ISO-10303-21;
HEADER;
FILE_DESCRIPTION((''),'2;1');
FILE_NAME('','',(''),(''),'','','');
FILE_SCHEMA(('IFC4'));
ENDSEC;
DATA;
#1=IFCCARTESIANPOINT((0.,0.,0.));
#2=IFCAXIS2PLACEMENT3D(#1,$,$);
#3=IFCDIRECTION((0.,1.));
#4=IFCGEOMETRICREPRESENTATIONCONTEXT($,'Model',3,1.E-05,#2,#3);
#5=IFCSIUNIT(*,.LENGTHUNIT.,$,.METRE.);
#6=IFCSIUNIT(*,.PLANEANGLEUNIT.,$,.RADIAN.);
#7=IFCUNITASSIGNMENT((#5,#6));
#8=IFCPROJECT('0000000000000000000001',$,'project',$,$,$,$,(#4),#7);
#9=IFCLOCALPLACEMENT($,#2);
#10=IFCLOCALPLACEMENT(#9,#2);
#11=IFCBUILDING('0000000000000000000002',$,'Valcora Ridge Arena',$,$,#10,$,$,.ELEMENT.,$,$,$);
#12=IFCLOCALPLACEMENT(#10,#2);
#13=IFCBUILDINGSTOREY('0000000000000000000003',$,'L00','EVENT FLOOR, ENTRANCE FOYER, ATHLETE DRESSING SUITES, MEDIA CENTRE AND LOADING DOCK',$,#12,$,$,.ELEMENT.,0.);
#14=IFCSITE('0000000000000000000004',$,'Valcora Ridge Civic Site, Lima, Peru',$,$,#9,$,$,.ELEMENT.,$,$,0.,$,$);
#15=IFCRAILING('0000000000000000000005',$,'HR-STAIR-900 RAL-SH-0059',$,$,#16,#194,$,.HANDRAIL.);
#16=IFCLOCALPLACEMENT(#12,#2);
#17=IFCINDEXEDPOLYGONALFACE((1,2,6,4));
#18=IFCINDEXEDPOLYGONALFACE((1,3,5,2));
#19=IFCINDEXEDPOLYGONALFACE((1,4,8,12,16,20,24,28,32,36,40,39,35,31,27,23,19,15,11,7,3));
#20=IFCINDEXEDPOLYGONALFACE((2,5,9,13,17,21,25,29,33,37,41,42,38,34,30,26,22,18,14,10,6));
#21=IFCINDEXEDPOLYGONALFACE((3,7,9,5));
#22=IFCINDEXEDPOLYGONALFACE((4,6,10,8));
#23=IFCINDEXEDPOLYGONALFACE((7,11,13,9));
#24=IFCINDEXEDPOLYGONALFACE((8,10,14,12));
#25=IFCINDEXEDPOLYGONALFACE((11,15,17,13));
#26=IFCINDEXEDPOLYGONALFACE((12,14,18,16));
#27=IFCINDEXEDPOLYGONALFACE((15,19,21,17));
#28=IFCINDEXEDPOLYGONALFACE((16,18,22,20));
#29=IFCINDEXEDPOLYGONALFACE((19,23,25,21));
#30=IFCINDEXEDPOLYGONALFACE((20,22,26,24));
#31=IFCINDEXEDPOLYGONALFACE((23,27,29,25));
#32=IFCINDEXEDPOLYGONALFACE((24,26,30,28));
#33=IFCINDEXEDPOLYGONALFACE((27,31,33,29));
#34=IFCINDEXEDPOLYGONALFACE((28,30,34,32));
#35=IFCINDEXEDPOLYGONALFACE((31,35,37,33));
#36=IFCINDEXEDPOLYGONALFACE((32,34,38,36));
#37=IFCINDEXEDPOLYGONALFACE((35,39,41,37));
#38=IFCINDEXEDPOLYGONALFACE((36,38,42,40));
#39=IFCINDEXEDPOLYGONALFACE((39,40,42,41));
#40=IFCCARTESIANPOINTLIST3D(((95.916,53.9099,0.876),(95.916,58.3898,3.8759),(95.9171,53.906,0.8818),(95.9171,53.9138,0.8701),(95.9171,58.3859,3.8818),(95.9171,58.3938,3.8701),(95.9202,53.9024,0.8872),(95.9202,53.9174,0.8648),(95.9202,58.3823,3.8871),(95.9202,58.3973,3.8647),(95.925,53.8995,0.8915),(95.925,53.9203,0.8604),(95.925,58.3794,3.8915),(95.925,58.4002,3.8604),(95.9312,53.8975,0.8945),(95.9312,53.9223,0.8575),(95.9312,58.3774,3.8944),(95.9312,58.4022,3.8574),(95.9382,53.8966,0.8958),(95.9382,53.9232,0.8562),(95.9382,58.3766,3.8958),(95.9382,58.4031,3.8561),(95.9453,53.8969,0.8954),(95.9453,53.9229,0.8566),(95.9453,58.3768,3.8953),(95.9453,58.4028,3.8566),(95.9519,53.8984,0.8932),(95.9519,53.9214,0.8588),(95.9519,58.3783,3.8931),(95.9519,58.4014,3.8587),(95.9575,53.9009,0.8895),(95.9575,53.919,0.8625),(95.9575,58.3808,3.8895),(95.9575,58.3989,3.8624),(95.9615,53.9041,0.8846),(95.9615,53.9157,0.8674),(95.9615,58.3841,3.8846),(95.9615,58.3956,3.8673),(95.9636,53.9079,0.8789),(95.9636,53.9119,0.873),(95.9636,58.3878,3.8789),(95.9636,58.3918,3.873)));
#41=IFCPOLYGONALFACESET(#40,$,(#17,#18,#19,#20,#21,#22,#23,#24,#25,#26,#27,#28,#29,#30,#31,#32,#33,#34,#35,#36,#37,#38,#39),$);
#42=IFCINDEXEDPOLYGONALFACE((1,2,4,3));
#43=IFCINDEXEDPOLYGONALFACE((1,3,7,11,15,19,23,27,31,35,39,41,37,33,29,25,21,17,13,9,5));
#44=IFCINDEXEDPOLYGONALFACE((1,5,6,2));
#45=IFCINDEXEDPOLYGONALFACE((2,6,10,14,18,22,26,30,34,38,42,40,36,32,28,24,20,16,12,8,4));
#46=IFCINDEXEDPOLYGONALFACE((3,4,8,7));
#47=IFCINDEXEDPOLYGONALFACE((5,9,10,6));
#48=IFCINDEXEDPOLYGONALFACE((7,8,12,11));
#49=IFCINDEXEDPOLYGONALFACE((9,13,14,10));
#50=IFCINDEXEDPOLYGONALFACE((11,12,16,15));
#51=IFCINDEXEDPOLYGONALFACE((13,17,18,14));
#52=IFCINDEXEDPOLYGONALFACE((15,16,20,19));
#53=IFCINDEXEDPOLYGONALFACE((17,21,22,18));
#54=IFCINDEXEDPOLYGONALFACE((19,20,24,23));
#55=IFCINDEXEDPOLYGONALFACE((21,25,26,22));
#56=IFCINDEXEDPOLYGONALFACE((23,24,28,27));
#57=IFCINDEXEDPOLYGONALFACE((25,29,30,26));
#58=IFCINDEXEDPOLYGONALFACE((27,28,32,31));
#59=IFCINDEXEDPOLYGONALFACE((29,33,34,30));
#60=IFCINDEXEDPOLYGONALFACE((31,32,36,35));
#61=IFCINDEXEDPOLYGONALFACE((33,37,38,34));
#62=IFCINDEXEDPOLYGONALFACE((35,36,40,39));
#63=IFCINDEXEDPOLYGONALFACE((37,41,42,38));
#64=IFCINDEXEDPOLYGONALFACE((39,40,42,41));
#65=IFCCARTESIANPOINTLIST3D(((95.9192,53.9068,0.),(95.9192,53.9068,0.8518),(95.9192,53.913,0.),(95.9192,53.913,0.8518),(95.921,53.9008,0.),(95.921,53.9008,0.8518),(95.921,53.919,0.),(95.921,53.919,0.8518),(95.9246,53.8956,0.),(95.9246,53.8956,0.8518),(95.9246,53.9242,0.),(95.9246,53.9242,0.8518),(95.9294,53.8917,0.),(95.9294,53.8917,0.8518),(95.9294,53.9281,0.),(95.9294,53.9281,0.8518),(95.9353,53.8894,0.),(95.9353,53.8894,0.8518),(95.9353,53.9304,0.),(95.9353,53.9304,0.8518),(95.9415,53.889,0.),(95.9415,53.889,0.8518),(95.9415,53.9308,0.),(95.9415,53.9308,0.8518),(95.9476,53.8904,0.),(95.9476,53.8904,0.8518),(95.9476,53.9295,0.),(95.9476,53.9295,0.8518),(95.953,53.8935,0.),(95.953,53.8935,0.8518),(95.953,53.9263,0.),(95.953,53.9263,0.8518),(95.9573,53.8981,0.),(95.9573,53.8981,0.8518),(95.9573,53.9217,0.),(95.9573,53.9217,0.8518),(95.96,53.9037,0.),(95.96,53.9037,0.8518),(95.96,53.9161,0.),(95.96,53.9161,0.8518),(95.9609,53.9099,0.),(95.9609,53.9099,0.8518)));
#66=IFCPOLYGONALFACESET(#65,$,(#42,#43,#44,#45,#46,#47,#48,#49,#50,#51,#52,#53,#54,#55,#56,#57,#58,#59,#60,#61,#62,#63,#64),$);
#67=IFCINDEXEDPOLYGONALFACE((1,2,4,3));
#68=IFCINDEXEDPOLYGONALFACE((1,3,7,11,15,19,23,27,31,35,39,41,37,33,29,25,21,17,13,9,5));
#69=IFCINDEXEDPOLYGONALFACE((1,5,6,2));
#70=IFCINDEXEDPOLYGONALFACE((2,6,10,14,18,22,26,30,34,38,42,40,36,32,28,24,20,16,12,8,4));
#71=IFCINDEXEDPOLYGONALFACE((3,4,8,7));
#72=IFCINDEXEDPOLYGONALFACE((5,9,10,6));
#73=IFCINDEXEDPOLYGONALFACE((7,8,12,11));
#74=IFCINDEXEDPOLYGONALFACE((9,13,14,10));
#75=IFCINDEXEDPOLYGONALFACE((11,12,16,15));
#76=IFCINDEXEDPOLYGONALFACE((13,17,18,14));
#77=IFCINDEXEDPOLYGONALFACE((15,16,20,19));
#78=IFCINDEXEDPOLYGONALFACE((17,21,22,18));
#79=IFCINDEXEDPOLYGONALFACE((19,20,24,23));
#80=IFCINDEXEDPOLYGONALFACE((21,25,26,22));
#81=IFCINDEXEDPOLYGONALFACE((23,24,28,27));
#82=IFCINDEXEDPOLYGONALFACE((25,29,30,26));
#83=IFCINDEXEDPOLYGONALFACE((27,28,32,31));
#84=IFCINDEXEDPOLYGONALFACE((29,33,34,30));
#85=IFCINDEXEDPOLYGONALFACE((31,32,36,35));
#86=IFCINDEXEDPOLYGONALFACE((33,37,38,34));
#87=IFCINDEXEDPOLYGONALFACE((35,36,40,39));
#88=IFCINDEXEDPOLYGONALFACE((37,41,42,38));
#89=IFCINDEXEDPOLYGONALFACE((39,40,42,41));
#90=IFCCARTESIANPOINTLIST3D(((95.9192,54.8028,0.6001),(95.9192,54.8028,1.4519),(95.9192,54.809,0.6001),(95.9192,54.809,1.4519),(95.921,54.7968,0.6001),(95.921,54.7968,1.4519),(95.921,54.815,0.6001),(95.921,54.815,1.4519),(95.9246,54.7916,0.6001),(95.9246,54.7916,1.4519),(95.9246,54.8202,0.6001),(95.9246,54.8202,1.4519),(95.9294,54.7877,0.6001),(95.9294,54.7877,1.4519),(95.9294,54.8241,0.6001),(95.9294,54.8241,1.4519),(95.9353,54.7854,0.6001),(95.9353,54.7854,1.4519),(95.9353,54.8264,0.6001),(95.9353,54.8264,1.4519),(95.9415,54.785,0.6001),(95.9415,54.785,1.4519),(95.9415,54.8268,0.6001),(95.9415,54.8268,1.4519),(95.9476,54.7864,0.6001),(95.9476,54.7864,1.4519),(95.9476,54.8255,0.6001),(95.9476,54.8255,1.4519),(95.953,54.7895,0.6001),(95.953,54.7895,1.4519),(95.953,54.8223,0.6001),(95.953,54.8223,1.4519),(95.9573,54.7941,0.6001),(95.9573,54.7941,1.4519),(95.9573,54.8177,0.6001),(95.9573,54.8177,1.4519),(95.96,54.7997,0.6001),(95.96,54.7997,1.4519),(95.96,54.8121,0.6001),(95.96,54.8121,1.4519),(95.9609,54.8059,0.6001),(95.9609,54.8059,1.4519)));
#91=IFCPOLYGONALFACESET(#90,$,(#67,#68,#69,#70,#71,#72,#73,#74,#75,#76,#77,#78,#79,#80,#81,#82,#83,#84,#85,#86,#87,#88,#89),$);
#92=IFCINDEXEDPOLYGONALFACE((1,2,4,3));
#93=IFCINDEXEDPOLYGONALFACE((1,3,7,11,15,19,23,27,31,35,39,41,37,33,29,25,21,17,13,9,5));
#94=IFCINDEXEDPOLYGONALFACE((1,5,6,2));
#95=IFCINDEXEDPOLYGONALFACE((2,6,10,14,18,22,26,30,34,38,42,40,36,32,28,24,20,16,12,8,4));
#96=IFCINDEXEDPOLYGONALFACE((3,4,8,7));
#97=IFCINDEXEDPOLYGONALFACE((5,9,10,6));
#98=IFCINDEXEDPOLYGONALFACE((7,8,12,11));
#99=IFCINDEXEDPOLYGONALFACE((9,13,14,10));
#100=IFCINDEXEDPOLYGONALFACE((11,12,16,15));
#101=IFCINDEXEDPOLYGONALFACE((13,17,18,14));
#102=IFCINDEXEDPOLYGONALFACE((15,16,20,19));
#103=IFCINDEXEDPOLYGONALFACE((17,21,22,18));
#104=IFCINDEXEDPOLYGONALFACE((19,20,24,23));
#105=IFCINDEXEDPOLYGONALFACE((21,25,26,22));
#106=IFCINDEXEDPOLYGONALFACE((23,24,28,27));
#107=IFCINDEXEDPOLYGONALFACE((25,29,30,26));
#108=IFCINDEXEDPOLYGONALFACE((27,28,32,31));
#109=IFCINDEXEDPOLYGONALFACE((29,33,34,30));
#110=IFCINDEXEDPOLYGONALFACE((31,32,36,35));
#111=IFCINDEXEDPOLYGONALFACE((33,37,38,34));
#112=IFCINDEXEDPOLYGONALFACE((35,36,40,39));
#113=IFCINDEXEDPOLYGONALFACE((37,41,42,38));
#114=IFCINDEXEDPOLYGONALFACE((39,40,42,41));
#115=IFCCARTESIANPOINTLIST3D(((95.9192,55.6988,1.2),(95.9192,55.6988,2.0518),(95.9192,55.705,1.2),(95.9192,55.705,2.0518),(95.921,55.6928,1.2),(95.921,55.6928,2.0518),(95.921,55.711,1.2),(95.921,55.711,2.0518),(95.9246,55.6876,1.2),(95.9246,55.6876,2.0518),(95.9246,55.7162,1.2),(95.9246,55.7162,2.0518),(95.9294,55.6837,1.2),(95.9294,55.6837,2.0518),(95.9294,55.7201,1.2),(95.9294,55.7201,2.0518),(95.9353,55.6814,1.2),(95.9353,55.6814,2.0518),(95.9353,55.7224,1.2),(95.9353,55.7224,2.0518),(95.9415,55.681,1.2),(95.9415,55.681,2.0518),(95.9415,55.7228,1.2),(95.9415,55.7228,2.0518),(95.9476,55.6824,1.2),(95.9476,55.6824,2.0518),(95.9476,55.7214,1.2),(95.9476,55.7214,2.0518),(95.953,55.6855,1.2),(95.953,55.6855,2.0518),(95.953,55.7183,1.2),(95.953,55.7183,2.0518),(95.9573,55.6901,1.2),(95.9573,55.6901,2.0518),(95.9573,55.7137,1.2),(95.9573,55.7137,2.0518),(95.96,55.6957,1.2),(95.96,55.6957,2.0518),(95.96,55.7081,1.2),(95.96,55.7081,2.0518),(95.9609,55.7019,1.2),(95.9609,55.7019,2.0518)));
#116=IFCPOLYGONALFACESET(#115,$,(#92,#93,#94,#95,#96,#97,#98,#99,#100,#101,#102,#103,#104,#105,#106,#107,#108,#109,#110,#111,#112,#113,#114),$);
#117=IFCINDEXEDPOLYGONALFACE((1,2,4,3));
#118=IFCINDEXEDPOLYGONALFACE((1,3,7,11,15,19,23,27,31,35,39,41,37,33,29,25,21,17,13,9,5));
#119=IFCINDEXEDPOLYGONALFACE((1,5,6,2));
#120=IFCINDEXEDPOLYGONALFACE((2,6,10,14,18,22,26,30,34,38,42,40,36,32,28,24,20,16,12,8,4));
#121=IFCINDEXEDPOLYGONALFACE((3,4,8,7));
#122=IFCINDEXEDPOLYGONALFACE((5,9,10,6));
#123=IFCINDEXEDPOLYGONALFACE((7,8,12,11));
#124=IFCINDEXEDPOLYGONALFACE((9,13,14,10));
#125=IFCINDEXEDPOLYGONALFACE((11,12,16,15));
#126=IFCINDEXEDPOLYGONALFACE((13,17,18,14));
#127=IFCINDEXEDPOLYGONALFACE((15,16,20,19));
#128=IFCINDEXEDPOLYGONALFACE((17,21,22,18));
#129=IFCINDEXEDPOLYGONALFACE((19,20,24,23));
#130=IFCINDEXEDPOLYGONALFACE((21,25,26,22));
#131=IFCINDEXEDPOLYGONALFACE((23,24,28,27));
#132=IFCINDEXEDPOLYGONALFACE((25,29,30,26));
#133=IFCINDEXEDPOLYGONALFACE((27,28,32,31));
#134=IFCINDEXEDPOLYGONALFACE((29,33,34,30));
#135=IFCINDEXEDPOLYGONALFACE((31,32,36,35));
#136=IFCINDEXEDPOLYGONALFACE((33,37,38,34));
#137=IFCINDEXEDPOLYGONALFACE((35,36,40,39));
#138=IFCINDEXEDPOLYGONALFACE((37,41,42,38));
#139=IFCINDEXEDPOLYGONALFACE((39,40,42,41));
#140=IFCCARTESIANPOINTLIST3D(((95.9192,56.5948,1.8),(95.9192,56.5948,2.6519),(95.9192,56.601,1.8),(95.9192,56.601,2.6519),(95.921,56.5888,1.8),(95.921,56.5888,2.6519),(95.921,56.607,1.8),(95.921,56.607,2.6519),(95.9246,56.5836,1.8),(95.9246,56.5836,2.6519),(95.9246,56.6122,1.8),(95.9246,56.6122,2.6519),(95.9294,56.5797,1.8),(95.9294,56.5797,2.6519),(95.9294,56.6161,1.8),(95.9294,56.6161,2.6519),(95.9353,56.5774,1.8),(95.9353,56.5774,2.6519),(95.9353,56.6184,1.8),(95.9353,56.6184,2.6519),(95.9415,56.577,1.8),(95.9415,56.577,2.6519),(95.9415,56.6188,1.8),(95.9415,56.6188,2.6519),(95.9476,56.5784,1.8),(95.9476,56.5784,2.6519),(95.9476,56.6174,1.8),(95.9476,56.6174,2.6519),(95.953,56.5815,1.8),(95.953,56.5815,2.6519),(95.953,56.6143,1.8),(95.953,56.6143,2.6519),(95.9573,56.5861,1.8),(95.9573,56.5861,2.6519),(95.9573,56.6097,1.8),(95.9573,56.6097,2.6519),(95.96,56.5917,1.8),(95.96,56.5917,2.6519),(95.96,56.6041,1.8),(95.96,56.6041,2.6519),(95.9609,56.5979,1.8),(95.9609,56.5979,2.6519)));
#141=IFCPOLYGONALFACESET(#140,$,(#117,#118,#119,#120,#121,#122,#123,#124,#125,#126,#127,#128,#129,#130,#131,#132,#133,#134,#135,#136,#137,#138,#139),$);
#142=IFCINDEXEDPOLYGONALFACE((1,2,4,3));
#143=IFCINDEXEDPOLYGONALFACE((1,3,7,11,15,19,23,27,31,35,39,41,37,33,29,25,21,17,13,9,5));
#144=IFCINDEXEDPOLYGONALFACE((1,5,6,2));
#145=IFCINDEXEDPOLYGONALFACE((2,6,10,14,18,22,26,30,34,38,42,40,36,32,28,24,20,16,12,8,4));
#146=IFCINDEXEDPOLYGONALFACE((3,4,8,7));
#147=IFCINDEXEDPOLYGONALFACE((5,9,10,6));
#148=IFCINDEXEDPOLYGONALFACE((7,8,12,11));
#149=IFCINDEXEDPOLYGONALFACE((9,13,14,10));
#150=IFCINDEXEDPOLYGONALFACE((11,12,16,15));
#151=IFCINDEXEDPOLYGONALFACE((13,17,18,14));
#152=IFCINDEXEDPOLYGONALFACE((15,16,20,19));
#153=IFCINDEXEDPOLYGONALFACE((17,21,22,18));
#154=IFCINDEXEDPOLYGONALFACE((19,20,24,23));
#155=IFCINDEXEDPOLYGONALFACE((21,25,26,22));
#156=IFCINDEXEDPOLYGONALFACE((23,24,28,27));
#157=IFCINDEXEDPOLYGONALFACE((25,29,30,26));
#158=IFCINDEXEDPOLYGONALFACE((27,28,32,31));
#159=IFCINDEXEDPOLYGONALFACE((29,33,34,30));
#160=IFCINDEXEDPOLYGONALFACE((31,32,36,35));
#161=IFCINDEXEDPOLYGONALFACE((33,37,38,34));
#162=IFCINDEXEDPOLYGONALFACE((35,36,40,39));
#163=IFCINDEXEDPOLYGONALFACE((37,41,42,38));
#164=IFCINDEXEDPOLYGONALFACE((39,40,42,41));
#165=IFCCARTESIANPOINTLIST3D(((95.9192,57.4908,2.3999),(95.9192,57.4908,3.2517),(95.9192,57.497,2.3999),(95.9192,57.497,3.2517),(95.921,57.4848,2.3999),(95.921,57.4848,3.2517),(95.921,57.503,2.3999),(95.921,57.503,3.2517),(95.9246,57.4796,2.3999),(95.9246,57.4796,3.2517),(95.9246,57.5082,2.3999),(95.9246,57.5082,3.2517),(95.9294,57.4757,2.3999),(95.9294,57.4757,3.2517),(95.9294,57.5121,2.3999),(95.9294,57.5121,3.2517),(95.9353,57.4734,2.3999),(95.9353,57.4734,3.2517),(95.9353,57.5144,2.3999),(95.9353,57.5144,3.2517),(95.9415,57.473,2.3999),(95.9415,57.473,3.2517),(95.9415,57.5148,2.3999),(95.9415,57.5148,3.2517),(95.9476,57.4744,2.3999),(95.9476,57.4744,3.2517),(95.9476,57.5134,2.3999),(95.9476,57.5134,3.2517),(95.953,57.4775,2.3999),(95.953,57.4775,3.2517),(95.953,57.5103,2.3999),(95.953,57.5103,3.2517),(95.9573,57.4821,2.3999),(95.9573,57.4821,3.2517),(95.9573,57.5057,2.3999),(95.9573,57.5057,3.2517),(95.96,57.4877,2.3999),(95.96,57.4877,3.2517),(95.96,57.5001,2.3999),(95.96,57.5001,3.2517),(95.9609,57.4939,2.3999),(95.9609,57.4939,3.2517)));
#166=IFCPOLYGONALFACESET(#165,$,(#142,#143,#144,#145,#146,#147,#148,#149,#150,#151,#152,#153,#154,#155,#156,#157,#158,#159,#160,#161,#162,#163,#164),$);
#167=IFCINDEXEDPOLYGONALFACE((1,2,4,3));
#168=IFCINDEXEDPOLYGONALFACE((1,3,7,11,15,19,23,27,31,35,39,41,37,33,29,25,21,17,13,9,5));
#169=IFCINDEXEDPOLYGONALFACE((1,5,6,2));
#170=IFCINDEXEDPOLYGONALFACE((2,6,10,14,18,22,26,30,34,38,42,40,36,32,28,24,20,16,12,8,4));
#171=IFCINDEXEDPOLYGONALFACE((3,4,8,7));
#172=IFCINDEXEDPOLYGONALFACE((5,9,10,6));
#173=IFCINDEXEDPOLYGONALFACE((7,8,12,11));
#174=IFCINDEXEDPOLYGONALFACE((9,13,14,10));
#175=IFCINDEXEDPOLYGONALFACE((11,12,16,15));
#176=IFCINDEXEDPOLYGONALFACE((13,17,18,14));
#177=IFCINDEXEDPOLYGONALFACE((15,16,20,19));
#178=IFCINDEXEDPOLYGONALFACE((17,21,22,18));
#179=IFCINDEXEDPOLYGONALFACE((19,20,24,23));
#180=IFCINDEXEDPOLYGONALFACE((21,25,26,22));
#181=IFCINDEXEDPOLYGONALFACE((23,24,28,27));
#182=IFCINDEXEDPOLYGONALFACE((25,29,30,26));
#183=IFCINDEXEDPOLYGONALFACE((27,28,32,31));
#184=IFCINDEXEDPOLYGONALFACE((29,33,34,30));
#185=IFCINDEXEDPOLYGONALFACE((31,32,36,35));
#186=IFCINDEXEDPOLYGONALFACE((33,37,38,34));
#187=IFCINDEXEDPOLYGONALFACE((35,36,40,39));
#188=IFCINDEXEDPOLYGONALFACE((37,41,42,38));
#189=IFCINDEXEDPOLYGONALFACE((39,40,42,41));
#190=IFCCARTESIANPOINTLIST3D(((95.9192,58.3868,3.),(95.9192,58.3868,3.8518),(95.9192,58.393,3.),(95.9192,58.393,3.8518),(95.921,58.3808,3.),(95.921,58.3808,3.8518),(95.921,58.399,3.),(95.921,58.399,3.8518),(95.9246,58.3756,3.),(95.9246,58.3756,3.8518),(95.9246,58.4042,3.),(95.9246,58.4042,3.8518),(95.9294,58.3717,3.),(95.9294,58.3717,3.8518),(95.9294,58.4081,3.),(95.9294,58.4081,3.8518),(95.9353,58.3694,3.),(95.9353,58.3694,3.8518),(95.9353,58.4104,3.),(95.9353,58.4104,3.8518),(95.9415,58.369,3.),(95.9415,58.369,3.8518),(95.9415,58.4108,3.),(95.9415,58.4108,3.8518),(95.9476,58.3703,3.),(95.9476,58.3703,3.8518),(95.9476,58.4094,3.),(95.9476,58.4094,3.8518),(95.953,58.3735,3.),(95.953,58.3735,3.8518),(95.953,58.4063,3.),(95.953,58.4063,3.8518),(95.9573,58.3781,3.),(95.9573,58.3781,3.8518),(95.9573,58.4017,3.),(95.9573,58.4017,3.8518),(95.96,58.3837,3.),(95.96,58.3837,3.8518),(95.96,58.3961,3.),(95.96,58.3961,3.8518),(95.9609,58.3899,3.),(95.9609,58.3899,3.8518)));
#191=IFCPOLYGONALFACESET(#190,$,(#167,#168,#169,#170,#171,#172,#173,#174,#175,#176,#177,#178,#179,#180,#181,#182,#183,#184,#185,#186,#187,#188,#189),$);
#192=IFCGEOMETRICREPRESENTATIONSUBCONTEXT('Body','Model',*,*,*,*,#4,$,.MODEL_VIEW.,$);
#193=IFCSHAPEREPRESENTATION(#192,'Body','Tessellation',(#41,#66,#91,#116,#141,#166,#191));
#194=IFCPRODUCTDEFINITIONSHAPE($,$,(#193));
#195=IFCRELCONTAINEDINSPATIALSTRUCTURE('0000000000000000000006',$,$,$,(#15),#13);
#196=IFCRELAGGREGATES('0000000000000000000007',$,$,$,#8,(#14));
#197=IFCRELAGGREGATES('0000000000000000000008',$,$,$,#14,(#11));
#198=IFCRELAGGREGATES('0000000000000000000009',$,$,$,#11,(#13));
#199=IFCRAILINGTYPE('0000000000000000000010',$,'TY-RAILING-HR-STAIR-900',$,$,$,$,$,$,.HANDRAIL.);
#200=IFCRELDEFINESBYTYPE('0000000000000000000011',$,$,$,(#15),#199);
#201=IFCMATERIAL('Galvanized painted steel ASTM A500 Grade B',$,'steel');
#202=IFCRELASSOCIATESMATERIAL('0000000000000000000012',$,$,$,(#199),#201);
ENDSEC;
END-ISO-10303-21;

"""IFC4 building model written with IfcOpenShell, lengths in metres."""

from ifc_helpers import new_model, si_unit, direction, frame, origin, origin_2d, place, context, subcontext, project, spatial, circle, extrude, material, type_object, element, save


model = new_model("IFC4")

# Units and contexts
model_context = context("Model", 3, precision=1e-05, world=origin(), true_north=direction((0.0, 1.0)))
body_context = subcontext(model_context, "Body", "Model", "MODEL_VIEW")
ifc_project = project(units=[si_unit("LENGTHUNIT", "METRE"), si_unit("PLANEANGLEUNIT", "RADIAN")], contexts=[model_context])

# Site, building, storey
site_placement = place(None, origin())
site = spatial("IfcSite", under=ifc_project, at=site_placement, Name="Valcora Ridge Civic Site, Lima, Peru", CompositionType="ELEMENT", RefElevation=0.0)
building_placement = place(site_placement, origin())
building = spatial("IfcBuilding", under=site, at=building_placement, Name="Valcora Ridge Arena", CompositionType="ELEMENT")
storey_placement = place(building_placement, origin())
storey = spatial("IfcBuildingStorey", under=building, at=storey_placement, Name="L00", Description="EVENT FLOOR, ENTRANCE FOYER, ATHLETE DRESSING SUITES, MEDIA CENTRE AND LOADING DOCK", CompositionType="ELEMENT", Elevation=0.0)

# Railing
ifc_material_1 = material(Name="Galvanized painted steel ASTM A500 Grade B", Category="steel")
railing_type_1 = type_object("IfcRailingType", Name="TY-RAILING-HR-STAIR-900", PredefinedType="HANDRAIL", material=ifc_material_1)
railing_1_placement = place(storey_placement, frame((95.9399, 53.9099, 0.0)))
element("IfcRailing", 1, at=railing_1_placement, inside=storey, type_object=railing_type_1, Name="HR-STAIR-900 RAL-SH-0059", PredefinedType="HANDRAIL", context=body_context, shape_type="SweptSolid", body=[
    extrude(circle(Radius=0.0239, at=origin_2d()), frame((0.0, 0.0, 0.876), z_axis=(0.0, 0.830906, 0.556413), x_axis=(-1.0, 0.0, 0.0)), (0.0, 0.0, 1.0), 5.3916),
    extrude(circle(Radius=0.021, at=origin_2d()), origin(), (0.0, 0.0, 1.0), 0.8518),
    extrude(circle(Radius=0.021, at=origin_2d()), frame((0.0, 0.896, 0.6001)), (0.0, 0.0, 1.0), 0.8518),
    extrude(circle(Radius=0.021, at=origin_2d()), frame((0.0, 1.792, 1.2)), (0.0, 0.0, 1.0), 0.8518),
    extrude(circle(Radius=0.021, at=origin_2d()), frame((0.0, 2.688, 1.8)), (0.0, 0.0, 1.0), 0.8518),
    extrude(circle(Radius=0.021, at=origin_2d()), frame((0.0, 3.584, 2.3999)), (0.0, 0.0, 1.0), 0.8518),
    extrude(circle(Radius=0.021, at=origin_2d()), frame((0.0, 4.48, 3.0)), (0.0, 0.0, 1.0), 0.8518),
])

save(model, "model.ifc")
